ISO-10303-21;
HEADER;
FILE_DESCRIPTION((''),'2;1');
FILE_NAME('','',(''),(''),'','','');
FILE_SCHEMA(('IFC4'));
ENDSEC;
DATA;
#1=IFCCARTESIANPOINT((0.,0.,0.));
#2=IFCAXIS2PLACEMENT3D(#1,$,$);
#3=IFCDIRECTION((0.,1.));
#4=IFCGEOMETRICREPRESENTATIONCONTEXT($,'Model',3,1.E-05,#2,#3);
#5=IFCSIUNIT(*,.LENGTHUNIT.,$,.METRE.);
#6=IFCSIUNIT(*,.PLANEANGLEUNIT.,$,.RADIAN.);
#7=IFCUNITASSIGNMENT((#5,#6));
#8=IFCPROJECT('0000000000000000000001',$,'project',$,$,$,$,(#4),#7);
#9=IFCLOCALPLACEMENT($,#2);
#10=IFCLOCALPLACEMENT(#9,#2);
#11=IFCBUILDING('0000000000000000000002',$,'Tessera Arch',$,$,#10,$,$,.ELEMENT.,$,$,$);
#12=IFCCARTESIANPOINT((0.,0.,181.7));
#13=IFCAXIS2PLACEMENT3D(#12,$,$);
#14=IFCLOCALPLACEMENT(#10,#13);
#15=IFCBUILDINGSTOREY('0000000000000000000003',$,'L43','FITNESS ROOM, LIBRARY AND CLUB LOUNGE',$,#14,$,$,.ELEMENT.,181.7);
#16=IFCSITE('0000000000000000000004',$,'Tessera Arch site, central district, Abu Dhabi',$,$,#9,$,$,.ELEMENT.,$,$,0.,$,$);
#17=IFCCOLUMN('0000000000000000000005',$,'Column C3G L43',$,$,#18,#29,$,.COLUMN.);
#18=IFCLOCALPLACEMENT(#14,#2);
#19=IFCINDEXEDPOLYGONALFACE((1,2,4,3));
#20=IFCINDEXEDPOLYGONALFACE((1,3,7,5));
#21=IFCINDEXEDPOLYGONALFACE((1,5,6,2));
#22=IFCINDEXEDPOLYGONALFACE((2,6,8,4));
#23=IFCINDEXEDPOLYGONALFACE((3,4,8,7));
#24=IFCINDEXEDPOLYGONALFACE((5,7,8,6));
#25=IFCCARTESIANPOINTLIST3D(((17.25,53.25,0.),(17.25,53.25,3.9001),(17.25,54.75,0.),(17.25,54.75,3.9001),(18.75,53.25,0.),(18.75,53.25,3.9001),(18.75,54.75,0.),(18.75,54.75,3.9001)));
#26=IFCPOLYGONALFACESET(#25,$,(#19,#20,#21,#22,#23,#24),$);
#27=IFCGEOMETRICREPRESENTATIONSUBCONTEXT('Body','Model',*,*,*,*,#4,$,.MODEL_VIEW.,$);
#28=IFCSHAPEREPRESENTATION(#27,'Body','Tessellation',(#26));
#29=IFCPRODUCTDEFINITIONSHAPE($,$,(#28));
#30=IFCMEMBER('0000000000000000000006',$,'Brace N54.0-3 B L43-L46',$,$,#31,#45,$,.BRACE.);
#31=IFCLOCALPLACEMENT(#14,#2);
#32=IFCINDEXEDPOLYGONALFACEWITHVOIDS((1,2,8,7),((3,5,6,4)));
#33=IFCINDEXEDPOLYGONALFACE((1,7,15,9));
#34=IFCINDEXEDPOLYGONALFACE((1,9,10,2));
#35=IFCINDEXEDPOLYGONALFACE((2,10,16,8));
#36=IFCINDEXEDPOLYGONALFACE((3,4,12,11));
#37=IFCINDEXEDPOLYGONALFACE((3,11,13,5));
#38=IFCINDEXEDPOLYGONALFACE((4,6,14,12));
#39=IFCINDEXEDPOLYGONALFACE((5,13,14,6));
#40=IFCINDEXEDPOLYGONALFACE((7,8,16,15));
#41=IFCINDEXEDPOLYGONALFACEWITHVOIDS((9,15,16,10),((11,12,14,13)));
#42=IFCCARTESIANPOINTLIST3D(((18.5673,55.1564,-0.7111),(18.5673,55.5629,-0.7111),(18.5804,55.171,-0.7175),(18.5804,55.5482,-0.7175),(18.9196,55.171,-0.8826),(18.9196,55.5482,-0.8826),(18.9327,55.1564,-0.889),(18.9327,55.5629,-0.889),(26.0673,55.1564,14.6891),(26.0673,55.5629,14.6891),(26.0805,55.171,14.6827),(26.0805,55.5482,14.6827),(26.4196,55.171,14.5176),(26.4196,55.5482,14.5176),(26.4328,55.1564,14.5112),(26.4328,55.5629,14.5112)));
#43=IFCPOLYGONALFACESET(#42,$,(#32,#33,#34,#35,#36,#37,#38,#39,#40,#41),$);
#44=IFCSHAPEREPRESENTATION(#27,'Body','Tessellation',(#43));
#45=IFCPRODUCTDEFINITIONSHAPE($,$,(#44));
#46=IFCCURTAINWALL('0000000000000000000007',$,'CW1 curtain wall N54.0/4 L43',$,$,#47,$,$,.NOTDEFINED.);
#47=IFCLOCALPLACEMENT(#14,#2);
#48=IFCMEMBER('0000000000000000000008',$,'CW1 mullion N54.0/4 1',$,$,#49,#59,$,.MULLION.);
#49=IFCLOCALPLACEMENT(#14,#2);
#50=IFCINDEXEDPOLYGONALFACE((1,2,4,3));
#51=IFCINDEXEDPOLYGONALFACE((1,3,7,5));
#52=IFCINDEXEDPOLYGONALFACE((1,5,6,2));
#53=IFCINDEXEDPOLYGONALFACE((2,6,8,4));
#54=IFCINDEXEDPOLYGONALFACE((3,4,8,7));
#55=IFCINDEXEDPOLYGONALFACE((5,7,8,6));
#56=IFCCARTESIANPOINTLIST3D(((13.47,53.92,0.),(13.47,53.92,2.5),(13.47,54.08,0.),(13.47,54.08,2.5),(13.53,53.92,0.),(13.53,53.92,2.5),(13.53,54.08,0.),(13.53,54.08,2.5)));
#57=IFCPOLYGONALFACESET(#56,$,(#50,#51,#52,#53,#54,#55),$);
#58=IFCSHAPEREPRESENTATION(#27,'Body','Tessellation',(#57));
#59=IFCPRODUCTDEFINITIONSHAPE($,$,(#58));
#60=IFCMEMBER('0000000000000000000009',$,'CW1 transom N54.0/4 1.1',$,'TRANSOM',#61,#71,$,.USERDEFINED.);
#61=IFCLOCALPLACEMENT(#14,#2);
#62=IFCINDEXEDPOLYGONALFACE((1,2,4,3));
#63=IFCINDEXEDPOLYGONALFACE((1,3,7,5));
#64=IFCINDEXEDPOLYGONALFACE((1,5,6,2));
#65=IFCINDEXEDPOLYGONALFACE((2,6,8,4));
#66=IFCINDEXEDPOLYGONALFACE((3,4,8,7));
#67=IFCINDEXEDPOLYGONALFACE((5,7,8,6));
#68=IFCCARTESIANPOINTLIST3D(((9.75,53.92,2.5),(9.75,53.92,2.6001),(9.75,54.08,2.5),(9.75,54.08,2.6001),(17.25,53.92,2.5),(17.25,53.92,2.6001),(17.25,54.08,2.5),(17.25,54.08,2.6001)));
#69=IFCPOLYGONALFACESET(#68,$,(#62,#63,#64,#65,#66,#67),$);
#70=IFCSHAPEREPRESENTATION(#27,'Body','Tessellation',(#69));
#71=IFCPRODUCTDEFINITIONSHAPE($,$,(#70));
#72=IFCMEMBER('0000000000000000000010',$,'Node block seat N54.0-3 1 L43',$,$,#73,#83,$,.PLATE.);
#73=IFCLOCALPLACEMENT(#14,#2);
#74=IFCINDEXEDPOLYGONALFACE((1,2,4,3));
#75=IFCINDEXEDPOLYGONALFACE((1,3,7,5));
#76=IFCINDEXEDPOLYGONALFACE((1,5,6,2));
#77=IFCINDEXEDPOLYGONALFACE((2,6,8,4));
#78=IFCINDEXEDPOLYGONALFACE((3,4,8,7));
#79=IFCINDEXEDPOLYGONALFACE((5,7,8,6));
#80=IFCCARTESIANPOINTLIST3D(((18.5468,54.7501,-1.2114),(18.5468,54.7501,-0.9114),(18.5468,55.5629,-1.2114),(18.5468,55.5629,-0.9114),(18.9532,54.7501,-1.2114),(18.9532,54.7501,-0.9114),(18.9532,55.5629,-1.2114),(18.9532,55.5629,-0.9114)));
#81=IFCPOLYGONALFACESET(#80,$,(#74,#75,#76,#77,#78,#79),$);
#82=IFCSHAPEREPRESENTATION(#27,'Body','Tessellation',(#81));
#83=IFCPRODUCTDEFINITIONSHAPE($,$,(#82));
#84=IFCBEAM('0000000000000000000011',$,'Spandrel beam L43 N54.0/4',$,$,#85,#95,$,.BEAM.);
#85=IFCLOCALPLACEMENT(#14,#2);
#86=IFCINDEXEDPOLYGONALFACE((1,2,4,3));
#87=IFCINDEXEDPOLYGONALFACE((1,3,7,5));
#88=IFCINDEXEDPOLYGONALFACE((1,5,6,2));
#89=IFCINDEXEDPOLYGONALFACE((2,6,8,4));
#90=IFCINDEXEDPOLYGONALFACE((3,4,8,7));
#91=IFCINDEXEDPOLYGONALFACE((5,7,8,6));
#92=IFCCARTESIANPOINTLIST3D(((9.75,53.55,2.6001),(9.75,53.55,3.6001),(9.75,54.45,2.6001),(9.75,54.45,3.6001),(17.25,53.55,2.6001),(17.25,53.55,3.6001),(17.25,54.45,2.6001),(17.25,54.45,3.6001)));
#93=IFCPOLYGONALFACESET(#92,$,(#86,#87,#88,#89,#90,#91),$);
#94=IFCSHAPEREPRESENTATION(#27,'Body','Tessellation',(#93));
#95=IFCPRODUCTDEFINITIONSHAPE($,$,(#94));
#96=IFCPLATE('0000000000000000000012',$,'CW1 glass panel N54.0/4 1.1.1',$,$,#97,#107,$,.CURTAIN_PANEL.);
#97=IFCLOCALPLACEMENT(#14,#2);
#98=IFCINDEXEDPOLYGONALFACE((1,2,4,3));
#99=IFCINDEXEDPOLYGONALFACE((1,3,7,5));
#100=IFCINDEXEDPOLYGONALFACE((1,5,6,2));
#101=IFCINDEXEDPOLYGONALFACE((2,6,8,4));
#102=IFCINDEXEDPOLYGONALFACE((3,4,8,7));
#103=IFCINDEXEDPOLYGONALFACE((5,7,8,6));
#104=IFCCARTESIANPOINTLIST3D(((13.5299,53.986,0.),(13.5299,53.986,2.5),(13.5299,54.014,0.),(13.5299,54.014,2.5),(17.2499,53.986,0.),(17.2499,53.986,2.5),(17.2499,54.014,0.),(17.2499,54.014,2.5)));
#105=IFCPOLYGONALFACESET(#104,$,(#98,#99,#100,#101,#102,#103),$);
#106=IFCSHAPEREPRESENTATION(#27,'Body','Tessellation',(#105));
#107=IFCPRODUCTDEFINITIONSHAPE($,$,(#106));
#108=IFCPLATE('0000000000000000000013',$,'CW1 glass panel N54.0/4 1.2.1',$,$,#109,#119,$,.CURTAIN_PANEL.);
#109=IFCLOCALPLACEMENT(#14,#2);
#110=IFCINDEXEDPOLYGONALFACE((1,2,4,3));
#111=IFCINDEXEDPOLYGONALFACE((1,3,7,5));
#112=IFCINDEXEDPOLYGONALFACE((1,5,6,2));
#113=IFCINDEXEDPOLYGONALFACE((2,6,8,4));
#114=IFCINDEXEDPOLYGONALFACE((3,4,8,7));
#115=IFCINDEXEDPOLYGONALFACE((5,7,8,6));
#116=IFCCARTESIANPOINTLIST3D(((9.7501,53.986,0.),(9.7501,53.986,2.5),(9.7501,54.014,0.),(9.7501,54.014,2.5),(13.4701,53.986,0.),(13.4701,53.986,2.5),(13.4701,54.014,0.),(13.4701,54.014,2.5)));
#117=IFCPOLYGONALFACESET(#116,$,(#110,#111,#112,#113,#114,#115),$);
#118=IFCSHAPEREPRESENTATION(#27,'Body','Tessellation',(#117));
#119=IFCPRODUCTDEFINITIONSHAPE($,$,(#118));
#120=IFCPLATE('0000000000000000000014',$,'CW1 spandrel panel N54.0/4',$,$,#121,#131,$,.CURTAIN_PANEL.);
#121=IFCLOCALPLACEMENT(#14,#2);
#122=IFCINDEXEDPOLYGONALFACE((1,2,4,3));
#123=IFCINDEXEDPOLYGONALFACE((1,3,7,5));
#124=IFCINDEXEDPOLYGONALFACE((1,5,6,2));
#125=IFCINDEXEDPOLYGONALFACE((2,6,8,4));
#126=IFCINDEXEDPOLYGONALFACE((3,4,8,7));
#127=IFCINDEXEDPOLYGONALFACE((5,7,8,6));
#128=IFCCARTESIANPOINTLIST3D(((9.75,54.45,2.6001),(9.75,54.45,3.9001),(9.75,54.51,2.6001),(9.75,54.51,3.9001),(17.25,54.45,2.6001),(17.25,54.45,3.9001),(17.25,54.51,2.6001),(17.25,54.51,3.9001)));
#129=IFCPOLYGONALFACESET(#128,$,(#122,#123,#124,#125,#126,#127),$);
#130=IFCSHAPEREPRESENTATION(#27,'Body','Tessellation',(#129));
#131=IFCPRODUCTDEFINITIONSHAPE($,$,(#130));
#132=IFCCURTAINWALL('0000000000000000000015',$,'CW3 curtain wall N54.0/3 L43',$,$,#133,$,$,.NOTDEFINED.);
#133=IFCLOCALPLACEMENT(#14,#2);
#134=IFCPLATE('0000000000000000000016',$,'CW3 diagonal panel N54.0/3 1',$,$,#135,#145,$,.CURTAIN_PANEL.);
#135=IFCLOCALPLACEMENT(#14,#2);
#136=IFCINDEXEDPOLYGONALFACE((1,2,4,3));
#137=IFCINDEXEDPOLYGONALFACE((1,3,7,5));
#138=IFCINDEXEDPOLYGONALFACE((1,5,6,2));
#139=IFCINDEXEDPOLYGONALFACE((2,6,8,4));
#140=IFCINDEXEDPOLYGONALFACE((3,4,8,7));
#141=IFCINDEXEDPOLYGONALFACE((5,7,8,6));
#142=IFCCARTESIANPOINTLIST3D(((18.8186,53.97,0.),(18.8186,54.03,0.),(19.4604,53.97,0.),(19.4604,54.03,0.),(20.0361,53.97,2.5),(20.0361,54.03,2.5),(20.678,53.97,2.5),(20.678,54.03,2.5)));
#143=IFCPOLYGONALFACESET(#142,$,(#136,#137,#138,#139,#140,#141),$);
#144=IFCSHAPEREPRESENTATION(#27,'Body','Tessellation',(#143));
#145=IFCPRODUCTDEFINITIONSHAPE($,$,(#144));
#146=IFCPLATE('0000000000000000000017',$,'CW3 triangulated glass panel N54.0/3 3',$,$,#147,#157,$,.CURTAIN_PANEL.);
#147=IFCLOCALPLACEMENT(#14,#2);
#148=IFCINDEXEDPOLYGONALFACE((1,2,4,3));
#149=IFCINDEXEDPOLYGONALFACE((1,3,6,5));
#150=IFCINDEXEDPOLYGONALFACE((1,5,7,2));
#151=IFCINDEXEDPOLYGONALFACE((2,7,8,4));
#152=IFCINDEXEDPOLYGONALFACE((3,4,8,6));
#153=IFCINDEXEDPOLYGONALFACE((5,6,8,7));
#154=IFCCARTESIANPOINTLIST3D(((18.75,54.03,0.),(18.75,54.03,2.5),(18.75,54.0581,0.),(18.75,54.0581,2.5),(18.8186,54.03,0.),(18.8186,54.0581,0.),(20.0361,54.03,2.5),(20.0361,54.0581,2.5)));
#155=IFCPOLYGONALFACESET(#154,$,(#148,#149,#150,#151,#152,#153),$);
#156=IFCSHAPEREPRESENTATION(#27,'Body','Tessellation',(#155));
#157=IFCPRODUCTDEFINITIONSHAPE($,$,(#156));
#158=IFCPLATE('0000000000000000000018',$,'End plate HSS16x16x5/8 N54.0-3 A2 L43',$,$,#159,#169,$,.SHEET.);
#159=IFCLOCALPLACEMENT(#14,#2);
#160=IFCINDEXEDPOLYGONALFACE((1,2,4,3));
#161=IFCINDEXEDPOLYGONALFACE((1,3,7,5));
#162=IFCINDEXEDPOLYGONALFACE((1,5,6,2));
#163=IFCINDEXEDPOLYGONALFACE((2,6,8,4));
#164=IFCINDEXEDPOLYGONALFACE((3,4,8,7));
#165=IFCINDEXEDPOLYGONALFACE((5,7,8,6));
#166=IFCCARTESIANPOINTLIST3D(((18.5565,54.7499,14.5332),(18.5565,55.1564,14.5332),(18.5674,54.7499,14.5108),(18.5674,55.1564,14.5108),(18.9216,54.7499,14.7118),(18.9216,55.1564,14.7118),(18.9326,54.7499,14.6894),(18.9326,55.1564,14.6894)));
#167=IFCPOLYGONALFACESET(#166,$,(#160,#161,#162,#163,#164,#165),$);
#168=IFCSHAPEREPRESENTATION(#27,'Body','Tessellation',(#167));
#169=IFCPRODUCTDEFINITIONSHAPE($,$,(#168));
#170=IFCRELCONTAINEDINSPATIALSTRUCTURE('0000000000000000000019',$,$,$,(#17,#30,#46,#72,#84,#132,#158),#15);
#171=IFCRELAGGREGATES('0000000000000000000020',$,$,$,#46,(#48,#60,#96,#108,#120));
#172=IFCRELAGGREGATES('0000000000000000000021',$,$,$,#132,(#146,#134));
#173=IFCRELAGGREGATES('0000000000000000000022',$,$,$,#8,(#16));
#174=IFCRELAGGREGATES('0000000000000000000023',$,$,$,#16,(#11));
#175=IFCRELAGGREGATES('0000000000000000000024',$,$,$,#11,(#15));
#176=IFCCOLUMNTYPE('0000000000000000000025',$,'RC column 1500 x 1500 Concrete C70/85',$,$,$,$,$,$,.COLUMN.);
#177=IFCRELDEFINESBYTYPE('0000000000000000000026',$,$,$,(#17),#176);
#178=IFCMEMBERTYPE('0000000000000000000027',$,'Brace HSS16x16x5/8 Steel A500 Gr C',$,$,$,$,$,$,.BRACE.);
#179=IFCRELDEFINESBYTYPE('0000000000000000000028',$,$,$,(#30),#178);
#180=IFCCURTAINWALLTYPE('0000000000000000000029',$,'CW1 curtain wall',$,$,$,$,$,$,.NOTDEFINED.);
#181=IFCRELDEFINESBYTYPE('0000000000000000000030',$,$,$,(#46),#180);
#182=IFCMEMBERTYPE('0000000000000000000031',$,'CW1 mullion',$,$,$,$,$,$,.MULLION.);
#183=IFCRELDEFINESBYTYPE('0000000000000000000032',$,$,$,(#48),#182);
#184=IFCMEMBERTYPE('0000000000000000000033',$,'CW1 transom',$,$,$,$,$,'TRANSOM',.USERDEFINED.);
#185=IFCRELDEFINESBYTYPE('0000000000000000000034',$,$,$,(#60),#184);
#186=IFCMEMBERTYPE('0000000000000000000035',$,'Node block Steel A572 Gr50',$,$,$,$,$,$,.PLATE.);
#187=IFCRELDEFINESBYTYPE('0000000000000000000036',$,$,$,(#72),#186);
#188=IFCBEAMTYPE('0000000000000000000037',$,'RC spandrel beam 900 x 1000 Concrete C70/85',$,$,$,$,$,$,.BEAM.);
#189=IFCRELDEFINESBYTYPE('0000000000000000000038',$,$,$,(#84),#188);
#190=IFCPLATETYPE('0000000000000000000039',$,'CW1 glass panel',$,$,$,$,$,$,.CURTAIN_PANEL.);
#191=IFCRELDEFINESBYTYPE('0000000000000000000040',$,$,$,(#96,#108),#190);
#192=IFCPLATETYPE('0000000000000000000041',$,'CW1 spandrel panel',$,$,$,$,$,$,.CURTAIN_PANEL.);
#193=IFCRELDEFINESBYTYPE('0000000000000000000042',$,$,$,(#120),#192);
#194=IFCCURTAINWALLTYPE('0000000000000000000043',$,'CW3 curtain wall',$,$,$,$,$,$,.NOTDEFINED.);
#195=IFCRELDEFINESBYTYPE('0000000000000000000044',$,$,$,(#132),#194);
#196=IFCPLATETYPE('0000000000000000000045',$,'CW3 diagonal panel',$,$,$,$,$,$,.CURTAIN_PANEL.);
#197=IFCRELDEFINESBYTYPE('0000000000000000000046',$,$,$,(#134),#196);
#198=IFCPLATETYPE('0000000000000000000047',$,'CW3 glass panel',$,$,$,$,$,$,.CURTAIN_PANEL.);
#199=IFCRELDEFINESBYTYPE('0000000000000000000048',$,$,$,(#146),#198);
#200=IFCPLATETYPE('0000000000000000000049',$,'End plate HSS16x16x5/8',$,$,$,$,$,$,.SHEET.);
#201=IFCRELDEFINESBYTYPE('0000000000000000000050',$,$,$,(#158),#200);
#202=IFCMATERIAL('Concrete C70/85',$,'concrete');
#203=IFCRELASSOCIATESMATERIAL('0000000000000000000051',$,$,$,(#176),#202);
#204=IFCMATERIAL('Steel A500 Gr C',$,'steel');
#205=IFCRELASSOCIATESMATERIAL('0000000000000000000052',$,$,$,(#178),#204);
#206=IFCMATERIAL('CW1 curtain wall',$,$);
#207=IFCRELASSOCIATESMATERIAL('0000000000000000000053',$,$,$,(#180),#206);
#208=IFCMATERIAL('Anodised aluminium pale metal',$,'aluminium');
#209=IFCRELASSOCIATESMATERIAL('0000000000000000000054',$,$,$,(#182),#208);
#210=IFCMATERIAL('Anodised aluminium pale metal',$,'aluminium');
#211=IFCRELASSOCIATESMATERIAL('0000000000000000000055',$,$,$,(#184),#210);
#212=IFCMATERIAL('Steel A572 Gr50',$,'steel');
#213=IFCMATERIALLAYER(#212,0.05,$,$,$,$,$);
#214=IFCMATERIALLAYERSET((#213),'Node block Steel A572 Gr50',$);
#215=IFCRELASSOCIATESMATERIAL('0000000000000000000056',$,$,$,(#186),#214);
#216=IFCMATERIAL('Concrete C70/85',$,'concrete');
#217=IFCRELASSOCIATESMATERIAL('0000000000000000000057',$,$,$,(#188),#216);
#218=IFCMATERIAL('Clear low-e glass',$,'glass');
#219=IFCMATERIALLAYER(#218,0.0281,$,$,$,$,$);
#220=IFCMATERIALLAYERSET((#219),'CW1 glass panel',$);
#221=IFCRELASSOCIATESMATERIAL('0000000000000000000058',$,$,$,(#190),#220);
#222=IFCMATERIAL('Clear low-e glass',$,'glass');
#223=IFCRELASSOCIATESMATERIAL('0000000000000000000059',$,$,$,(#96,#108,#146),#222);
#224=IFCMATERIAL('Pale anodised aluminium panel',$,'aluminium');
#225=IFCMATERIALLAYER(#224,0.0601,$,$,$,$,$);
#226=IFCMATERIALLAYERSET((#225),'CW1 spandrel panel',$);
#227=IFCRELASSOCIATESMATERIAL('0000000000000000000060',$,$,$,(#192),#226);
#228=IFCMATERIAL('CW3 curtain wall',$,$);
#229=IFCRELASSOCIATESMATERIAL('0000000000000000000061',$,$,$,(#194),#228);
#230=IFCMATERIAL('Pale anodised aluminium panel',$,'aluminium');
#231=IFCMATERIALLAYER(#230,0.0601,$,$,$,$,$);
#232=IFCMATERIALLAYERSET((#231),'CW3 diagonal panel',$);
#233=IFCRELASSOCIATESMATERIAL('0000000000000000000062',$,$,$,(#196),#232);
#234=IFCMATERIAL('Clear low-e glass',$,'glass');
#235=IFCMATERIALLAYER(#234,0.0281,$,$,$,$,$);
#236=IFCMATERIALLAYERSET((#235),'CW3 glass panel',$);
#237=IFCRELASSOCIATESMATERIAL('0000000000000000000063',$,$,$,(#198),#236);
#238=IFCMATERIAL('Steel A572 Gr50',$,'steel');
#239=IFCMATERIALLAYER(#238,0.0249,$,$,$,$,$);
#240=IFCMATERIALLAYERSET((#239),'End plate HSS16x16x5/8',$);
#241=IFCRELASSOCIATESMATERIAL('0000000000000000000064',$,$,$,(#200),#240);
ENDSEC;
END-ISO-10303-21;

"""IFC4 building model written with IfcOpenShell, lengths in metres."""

from ifc_helpers import new_model, si_unit, direction, frame, origin, origin_2d, place, context, subcontext, project, spatial, polyline, rectangle, hollow_rectangle, outline, extrude, material, layer, layer_set, material_profile, profile_set, type_object, element, aggregate, save


model = new_model("IFC4")

# Units and contexts
model_context = context("Model", 3, precision=1e-05, world=origin(), true_north=direction((0.0, 1.0)))
body_context = subcontext(model_context, "Body", "Model", "MODEL_VIEW")
ifc_project = project(units=[si_unit("LENGTHUNIT", "METRE"), si_unit("PLANEANGLEUNIT", "RADIAN")], contexts=[model_context])

# Site, building, storey
site_placement = place(None, origin())
site = spatial("IfcSite", under=ifc_project, at=site_placement, Name="Tessera Arch site, central district, Abu Dhabi", CompositionType="ELEMENT", RefElevation=0.0)
building_placement = place(site_placement, origin())
building = spatial("IfcBuilding", under=site, at=building_placement, Name="Tessera Arch", CompositionType="ELEMENT")
storey_placement = place(building_placement, frame((0.0, 0.0, 181.7)))
storey = spatial("IfcBuildingStorey", under=building, at=storey_placement, Name="L43", Description="FITNESS ROOM, LIBRARY AND CLUB LOUNGE", CompositionType="ELEMENT", Elevation=181.7)

# Column
ifc_material_1 = material(Name="Concrete C70/85", Category="concrete")
ifc_material_profile_1 = material_profile(ifc_material_1, rectangle(XDim=1.5, YDim=1.5, at=origin_2d()), Name="RC column 1500 x 1500 Concrete C70/85")
ifc_profile_set_1 = profile_set([ifc_material_profile_1], Name="Concrete C70/85")
column_type = type_object("IfcColumnType", Name="RC column 1500 x 1500 Concrete C70/85", PredefinedType="COLUMN", material=ifc_profile_set_1)
column_placement = place(storey_placement, frame((18.0, 54.0, 0.0), z_axis=(0.0, 0.0, 1.0), x_axis=(1.0, 0.0, 0.0)))
element("IfcColumn", 1, at=column_placement, inside=storey, type_object=column_type, Name="Column C3G L43", PredefinedType="COLUMN", context=body_context, shape_type="SweptSolid", body=[
    extrude(rectangle(XDim=1.5, YDim=1.5, at=origin_2d()), origin(), (0.0, 0.0, 1.0), 3.9001),
])

# Member
ifc_material_2 = material(Name="Steel A500 Gr C", Category="steel")
ifc_material_profile_2 = material_profile(ifc_material_2, hollow_rectangle(XDim=0.4065, YDim=0.4065, WallThickness=0.0146, at=origin_2d()), Name="HSS16x16x5/8")
ifc_profile_set_2 = profile_set([ifc_material_profile_2], Name="Steel A500 Gr C")
member_type_1 = type_object("IfcMemberType", Name="Brace HSS16x16x5/8 Steel A500 Gr C", PredefinedType="BRACE", material=ifc_profile_set_2)
member_1_placement = place(storey_placement, frame((18.75, 55.3596, -0.8), z_axis=(0.437845, 0.0, 0.89905), x_axis=(0.0, 1.0, 0.0)))
element("IfcMember", 2, at=member_1_placement, inside=storey, type_object=member_type_1, Name="Brace N54.0-3 B L43-L46", PredefinedType="BRACE", context=body_context, shape_type="SweptSolid", body=[
    extrude(hollow_rectangle(XDim=0.4065, YDim=0.4065, WallThickness=0.0146, at=origin_2d()), origin(), (0.0, 0.0, 1.0), 17.1294),
])

# Curtain wall, members
ifc_material_3 = material(Name="CW1 curtain wall")
curtain_wall_type_1 = type_object("IfcCurtainWallType", Name="CW1 curtain wall", PredefinedType="NOTDEFINED", material=ifc_material_3)
curtain_wall_1_placement = place(storey_placement, origin())
curtain_wall_1 = element("IfcCurtainWall", 3, at=curtain_wall_1_placement, inside=storey, type_object=curtain_wall_type_1, Name="CW1 curtain wall N54.0/4 L43", PredefinedType="NOTDEFINED")
ifc_material_4 = material(Name="Anodised aluminium pale metal", Category="aluminium")
ifc_material_profile_3 = material_profile(ifc_material_4, rectangle(XDim=0.1599, YDim=0.0601, at=origin_2d()), Name="AL 60x160")
ifc_profile_set_3 = profile_set([ifc_material_profile_3], Name="Anodised aluminium pale metal")
member_type_2 = type_object("IfcMemberType", Name="CW1 mullion", PredefinedType="MULLION", material=ifc_profile_set_3)
member_2_placement = place(storey_placement, frame((13.5, 54.0, 0.0), z_axis=(0.0, 0.0, 1.0), x_axis=(0.0, -1.0, 0.0)))
member_2 = element("IfcMember", 4, at=member_2_placement, type_object=member_type_2, Name="CW1 mullion N54.0/4 1", PredefinedType="MULLION", context=body_context, shape_type="SweptSolid", body=[
    extrude(rectangle(XDim=0.1599, YDim=0.0601, at=origin_2d()), origin(), (0.0, 0.0, 1.0), 2.5),
])
ifc_material_5 = material(Name="Anodised aluminium pale metal", Category="aluminium")
ifc_material_profile_4 = material_profile(ifc_material_5, rectangle(XDim=0.1599, YDim=0.1001, at=origin_2d()), Name="AL 160x100")
ifc_profile_set_4 = profile_set([ifc_material_profile_4], Name="Anodised aluminium pale metal")
member_type_3 = type_object("IfcMemberType", Name="CW1 transom", ElementType="TRANSOM", PredefinedType="USERDEFINED", material=ifc_profile_set_4)
member_3_placement = place(storey_placement, frame((17.25, 54.0, 2.55), z_axis=(-1.0, 0.0, 0.0), x_axis=(0.0, -1.0, 0.0)))
member_3 = element("IfcMember", 5, at=member_3_placement, type_object=member_type_3, Name="CW1 transom N54.0/4 1.1", ObjectType="TRANSOM", PredefinedType="USERDEFINED", context=body_context, shape_type="SweptSolid", body=[
    extrude(rectangle(XDim=0.1599, YDim=0.1001, at=origin_2d()), origin(), (0.0, 0.0, 1.0), 7.5),
])

# Member
ifc_material_6 = material(Name="Steel A572 Gr50", Category="steel")
ifc_layer_1 = layer(ifc_material_6, 0.05)
ifc_layer_set_1 = layer_set([ifc_layer_1], Name="Node block Steel A572 Gr50")
member_type_4 = type_object("IfcMemberType", Name="Node block Steel A572 Gr50", PredefinedType="PLATE", material=ifc_layer_set_1)
member_4_placement = place(storey_placement, frame((18.75, 55.1565, -1.2114), z_axis=(0.0, 0.0, 1.0), x_axis=(-1.0, 0.0, 0.0)))
element("IfcMember", 6, at=member_4_placement, inside=storey, type_object=member_type_4, Name="Node block seat N54.0-3 1 L43", PredefinedType="PLATE", context=body_context, shape_type="SweptSolid", body=[
    extrude(rectangle(XDim=0.4065, YDim=0.8127, at=origin_2d()), origin(), (0.0, 0.0, 1.0), 0.3),
])

# Beam
ifc_material_7 = material(Name="Concrete C70/85", Category="concrete")
ifc_material_profile_5 = material_profile(ifc_material_7, rectangle(XDim=0.8999, YDim=1.0, at=origin_2d()), Name="RC spandrel beam 900 x 1000 Concrete C70/85")
ifc_profile_set_5 = profile_set([ifc_material_profile_5], Name="Concrete C70/85")
beam_type = type_object("IfcBeamType", Name="RC spandrel beam 900 x 1000 Concrete C70/85", PredefinedType="BEAM", material=ifc_profile_set_5)
beam_placement = place(storey_placement, frame((17.25, 54.0, 3.1001), z_axis=(-1.0, 0.0, 0.0), x_axis=(0.0, -1.0, 0.0)))
element("IfcBeam", 7, at=beam_placement, inside=storey, type_object=beam_type, Name="Spandrel beam L43 N54.0/4", PredefinedType="BEAM", context=body_context, shape_type="SweptSolid", body=[
    extrude(rectangle(XDim=0.8999, YDim=1.0, at=origin_2d()), origin(), (0.0, 0.0, 1.0), 7.5),
])

# Plates
ifc_material_8 = material(Name="Clear low-e glass", Category="glass")
ifc_material_9 = material(Name="Clear low-e glass", Category="glass")
ifc_layer_2 = layer(ifc_material_9, 0.0281)
ifc_layer_set_2 = layer_set([ifc_layer_2], Name="CW1 glass panel")
plate_type_1 = type_object("IfcPlateType", Name="CW1 glass panel", PredefinedType="CURTAIN_PANEL", material=ifc_layer_set_2)
plate_1_placement = place(storey_placement, frame((15.3899, 54.0, 0.0), z_axis=(0.0, 0.0, 1.0), x_axis=(-1.0, 0.0, 0.0)))
plate_1 = element("IfcPlate", 8, at=plate_1_placement, type_object=plate_type_1, material=ifc_material_8, Name="CW1 glass panel N54.0/4 1.1.1", PredefinedType="CURTAIN_PANEL", context=body_context, shape_type="SweptSolid", body=[
    extrude(rectangle(XDim=3.72, YDim=0.0281, at=origin_2d()), origin(), (0.0, 0.0, 1.0), 2.5),
])
plate_2_placement = place(storey_placement, frame((11.6101, 54.0, 0.0), z_axis=(0.0, 0.0, 1.0), x_axis=(-1.0, 0.0, 0.0)))
plate_2 = element("IfcPlate", 9, at=plate_2_placement, type_object=plate_type_1, material=ifc_material_8, Name="CW1 glass panel N54.0/4 1.2.1", PredefinedType="CURTAIN_PANEL", context=body_context, shape_type="SweptSolid", body=[
    extrude(rectangle(XDim=3.72, YDim=0.0281, at=origin_2d()), origin(), (0.0, 0.0, 1.0), 2.5),
])
ifc_material_10 = material(Name="Pale anodised aluminium panel", Category="aluminium")
ifc_layer_3 = layer(ifc_material_10, 0.0601)
ifc_layer_set_3 = layer_set([ifc_layer_3], Name="CW1 spandrel panel")
plate_type_2 = type_object("IfcPlateType", Name="CW1 spandrel panel", PredefinedType="CURTAIN_PANEL", material=ifc_layer_set_3)
plate_3_placement = place(storey_placement, frame((13.5, 54.48, 2.6001), z_axis=(0.0, 0.0, 1.0), x_axis=(-1.0, 0.0, 0.0)))
plate_3 = element("IfcPlate", 10, at=plate_3_placement, type_object=plate_type_2, Name="CW1 spandrel panel N54.0/4", PredefinedType="CURTAIN_PANEL", context=body_context, shape_type="SweptSolid", body=[
    extrude(rectangle(XDim=7.5, YDim=0.0601, at=origin_2d()), origin(), (0.0, 0.0, 1.0), 1.3),
])
aggregate(curtain_wall_1, [member_2, member_3, plate_1, plate_2, plate_3])

# Curtain wall, plates
ifc_material_11 = material(Name="CW3 curtain wall")
curtain_wall_type_2 = type_object("IfcCurtainWallType", Name="CW3 curtain wall", PredefinedType="NOTDEFINED", material=ifc_material_11)
curtain_wall_2_placement = place(storey_placement, origin())
curtain_wall_2 = element("IfcCurtainWall", 11, at=curtain_wall_2_placement, inside=storey, type_object=curtain_wall_type_2, Name="CW3 curtain wall N54.0/3 L43", PredefinedType="NOTDEFINED")
ifc_material_12 = material(Name="Pale anodised aluminium panel", Category="aluminium")
ifc_layer_4 = layer(ifc_material_12, 0.0601)
ifc_layer_set_4 = layer_set([ifc_layer_4], Name="CW3 diagonal panel")
plate_type_3 = type_object("IfcPlateType", Name="CW3 diagonal panel", PredefinedType="CURTAIN_PANEL", material=ifc_layer_set_4)
plate_4_placement = place(storey_placement, frame((20.0361, 54.03, 2.5), z_axis=(0.0, 1.0, 0.0), x_axis=(1.0, 0.0, 0.0)))
plate_4 = element("IfcPlate", 12, at=plate_4_placement, type_object=plate_type_3, Name="CW3 diagonal panel N54.0/3 1", PredefinedType="CURTAIN_PANEL", context=body_context, shape_type="SweptSolid", body=[
    extrude(outline(polyline([(0.0, 0.0), (0.6418, 0.0), (-0.5757, 2.5), (-1.2175, 2.5), (0.0, 0.0)])), origin(), (0.0, 0.0, -1.0), 0.0601),
])
ifc_material_13 = material(Name="Clear low-e glass", Category="glass")
ifc_layer_5 = layer(ifc_material_13, 0.0281)
ifc_layer_set_5 = layer_set([ifc_layer_5], Name="CW3 glass panel")
plate_type_4 = type_object("IfcPlateType", Name="CW3 glass panel", PredefinedType="CURTAIN_PANEL", material=ifc_layer_set_5)
plate_5_placement = place(storey_placement, frame((18.75, 54.0581, 2.5), z_axis=(0.0, 1.0, 0.0), x_axis=(1.0, 0.0, 0.0)))
plate_5 = element("IfcPlate", 13, at=plate_5_placement, type_object=plate_type_4, material=ifc_material_8, Name="CW3 triangulated glass panel N54.0/3 3", PredefinedType="CURTAIN_PANEL", context=body_context, shape_type="SweptSolid", body=[
    extrude(outline(polyline([(0.0, 0.0), (1.2861, 0.0), (0.0686, 2.5), (0.0, 2.5), (0.0, 0.0)])), origin(), (0.0, 0.0, -1.0), 0.0281),
])
aggregate(curtain_wall_2, [plate_5, plate_4])

# Plate
ifc_material_14 = material(Name="Steel A572 Gr50", Category="steel")
ifc_layer_6 = layer(ifc_material_14, 0.0249)
ifc_layer_set_6 = layer_set([ifc_layer_6], Name="End plate HSS16x16x5/8")
plate_type_5 = type_object("IfcPlateType", Name="End plate HSS16x16x5/8", PredefinedType="SHEET", material=ifc_layer_set_6)
for number, where, z_axis, x_axis, name in (
    (14, (18.75, 54.9531, 14.6001), (-0.439385, 0.0, 0.898299), (0.0, -1.0, 0.0), "End plate HSS16x16x5/8 N54.0-3 A2 L43"),
):
    element("IfcPlate", number, at=place(storey_placement, frame(where, z_axis=z_axis, x_axis=x_axis)), inside=storey, type_object=plate_type_5, Name=name, PredefinedType="SHEET", context=body_context, shape_type="SweptSolid", body=[
        extrude(rectangle(XDim=0.4065, YDim=0.4065, at=origin_2d()), origin(), (0.0, 0.0, 1.0), 0.0249),
    ])

save(model, "model.ifc")
